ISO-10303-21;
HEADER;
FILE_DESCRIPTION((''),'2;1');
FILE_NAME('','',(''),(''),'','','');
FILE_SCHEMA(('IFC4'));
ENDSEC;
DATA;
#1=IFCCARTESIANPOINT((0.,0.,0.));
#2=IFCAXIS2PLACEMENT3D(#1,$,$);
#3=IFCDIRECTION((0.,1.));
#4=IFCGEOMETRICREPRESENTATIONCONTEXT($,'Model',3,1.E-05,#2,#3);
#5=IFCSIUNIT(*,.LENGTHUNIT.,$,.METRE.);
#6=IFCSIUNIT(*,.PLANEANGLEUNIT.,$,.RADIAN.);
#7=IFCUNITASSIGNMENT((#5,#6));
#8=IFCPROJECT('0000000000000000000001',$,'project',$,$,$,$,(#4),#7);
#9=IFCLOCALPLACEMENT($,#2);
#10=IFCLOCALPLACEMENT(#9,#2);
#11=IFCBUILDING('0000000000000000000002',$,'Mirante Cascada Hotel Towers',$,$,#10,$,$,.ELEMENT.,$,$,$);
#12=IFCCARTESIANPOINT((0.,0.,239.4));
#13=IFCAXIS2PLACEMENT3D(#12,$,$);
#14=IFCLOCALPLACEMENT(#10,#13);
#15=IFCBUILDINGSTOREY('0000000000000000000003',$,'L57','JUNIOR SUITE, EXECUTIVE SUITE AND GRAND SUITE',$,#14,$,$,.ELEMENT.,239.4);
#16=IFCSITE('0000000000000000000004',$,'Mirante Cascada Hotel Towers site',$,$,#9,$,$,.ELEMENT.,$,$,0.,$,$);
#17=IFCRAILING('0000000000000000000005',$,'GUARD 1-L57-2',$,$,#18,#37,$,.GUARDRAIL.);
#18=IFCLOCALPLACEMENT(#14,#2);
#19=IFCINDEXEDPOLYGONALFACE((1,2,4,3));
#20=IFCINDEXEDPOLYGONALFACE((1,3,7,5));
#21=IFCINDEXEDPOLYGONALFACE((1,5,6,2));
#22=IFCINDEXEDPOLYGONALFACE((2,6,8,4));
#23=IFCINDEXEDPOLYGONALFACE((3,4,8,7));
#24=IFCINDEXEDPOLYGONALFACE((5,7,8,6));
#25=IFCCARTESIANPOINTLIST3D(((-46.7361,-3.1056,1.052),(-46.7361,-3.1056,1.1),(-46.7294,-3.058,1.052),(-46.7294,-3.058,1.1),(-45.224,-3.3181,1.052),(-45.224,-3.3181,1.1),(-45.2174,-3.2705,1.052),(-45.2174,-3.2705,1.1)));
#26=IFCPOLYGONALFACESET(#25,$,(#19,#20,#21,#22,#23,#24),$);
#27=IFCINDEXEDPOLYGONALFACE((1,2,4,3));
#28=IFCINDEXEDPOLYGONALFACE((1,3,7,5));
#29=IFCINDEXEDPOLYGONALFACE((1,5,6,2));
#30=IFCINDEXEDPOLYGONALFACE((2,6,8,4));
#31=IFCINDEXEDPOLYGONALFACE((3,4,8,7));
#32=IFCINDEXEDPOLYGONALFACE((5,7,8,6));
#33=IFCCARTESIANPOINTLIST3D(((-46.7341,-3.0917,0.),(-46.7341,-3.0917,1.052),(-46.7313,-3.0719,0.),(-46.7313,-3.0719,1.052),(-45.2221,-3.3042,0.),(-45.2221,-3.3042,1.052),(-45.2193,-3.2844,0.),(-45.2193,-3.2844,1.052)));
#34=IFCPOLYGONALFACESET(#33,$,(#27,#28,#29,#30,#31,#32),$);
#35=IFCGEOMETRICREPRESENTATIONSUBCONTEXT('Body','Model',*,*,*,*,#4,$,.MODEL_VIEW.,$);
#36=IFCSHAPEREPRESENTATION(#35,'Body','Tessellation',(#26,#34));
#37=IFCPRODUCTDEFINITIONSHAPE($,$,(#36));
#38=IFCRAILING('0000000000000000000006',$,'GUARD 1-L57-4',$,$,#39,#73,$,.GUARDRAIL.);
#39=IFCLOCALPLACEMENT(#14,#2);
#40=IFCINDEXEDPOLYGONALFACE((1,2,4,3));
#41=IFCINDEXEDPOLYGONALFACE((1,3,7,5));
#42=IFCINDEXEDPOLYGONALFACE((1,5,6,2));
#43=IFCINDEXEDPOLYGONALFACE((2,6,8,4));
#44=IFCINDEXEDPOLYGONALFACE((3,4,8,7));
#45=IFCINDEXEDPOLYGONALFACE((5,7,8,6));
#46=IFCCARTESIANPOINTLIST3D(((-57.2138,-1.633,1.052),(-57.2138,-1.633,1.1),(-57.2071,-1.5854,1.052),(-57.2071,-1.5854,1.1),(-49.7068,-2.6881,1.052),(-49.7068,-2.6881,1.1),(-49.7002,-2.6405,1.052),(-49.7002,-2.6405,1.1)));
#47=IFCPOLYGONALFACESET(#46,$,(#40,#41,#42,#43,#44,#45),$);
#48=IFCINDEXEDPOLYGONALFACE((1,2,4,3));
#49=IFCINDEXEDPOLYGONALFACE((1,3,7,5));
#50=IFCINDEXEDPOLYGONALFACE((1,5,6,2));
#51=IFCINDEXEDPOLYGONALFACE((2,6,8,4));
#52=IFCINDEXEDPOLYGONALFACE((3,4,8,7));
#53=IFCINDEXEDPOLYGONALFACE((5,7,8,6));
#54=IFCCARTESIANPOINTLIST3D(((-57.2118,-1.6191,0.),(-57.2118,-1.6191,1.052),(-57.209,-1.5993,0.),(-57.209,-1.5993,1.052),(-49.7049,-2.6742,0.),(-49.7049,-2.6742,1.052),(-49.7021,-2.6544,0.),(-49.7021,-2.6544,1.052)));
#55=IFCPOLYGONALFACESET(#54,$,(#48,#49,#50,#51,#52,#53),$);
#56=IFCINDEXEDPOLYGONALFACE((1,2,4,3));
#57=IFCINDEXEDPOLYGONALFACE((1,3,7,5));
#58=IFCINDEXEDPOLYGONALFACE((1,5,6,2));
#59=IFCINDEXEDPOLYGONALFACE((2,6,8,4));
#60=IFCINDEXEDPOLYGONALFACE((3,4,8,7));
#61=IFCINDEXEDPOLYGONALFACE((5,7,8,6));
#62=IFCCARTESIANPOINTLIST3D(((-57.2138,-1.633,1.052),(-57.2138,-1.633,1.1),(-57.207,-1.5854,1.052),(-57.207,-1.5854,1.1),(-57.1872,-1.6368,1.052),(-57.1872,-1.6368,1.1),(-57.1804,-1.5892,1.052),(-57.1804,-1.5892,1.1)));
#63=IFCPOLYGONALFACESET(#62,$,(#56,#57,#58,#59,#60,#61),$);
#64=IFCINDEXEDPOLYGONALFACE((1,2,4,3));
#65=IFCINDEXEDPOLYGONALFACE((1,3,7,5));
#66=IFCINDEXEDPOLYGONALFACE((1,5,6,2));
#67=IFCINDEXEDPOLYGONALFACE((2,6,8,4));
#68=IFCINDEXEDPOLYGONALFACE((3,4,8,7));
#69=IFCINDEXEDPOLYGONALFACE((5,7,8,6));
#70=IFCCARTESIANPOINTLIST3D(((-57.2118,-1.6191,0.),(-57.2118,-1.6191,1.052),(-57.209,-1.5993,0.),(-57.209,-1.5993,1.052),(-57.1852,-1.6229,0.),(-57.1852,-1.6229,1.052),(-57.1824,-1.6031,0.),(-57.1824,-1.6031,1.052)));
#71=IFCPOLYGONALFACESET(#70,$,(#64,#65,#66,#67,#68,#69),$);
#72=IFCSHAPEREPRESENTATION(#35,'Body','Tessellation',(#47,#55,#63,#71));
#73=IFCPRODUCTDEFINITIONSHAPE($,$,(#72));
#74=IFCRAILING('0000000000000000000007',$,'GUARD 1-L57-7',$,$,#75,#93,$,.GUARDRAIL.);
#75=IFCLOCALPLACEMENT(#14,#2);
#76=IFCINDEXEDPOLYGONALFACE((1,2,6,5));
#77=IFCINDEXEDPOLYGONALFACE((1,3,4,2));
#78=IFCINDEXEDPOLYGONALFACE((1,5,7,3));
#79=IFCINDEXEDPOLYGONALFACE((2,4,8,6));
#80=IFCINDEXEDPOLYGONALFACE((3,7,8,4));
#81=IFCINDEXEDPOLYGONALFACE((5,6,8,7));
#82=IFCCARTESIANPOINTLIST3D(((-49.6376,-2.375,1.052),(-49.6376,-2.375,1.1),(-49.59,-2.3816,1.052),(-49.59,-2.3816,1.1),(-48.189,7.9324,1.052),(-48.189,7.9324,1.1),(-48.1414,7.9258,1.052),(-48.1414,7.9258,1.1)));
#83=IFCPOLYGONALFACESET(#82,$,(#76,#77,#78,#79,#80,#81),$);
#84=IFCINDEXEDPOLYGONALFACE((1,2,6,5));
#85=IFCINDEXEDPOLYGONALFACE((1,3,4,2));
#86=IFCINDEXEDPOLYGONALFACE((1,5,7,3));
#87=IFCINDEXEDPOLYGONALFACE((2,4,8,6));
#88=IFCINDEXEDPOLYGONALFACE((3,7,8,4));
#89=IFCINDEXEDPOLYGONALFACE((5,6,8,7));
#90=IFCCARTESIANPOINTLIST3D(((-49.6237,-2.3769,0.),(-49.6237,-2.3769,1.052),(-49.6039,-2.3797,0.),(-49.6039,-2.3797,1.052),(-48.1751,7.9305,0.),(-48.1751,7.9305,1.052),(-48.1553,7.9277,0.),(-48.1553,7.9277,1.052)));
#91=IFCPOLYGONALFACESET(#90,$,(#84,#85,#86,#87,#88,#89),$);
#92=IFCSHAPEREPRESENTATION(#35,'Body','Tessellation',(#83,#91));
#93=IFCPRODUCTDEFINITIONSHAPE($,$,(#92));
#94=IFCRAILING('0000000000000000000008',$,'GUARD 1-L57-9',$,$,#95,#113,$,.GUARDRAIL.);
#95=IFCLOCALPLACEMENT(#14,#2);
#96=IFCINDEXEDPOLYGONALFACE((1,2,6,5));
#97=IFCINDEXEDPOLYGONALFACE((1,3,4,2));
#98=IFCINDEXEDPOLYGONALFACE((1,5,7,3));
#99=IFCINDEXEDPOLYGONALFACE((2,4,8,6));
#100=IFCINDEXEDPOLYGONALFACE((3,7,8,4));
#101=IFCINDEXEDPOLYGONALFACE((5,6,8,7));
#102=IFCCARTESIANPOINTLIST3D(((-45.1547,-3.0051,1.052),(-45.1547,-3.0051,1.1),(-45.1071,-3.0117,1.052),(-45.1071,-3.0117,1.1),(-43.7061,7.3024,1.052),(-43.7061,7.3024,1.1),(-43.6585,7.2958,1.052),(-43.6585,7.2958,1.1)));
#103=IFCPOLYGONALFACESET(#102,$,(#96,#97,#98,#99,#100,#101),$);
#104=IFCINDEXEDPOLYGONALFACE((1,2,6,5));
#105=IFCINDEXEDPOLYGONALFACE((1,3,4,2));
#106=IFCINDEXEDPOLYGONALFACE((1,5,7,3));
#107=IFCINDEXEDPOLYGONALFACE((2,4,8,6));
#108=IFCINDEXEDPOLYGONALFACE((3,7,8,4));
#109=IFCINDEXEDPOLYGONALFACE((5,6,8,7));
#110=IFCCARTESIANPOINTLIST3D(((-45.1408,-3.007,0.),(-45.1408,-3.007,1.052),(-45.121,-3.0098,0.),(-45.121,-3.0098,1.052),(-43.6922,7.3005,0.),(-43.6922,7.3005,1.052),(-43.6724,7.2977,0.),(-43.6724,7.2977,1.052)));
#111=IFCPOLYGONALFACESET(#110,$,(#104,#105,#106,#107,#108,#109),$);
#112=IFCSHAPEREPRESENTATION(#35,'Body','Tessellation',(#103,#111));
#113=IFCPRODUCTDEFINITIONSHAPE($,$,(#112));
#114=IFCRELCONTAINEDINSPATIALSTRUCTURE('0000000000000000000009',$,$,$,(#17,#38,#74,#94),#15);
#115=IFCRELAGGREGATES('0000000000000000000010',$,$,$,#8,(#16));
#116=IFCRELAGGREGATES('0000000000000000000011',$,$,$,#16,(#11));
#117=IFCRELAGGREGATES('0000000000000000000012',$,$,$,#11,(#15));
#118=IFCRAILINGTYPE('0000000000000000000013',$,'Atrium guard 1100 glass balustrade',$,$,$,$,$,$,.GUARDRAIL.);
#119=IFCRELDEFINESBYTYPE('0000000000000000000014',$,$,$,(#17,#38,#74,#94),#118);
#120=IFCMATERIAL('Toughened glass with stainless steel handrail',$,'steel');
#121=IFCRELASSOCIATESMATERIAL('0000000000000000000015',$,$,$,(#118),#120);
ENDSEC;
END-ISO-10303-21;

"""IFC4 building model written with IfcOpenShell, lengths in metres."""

from ifc_helpers import new_model, si_unit, direction, frame, origin, origin_2d, place, context, subcontext, project, spatial, rectangle, extrude, material, type_object, element, save


model = new_model("IFC4")

# Units and contexts
model_context = context("Model", 3, precision=1e-05, world=origin(), true_north=direction((0.0, 1.0)))
body_context = subcontext(model_context, "Body", "Model", "MODEL_VIEW")
ifc_project = project(units=[si_unit("LENGTHUNIT", "METRE"), si_unit("PLANEANGLEUNIT", "RADIAN")], contexts=[model_context])

# Site, building, storey
site_placement = place(None, origin())
site = spatial("IfcSite", under=ifc_project, at=site_placement, Name="Mirante Cascada Hotel Towers site", CompositionType="ELEMENT", RefElevation=0.0)
building_placement = place(site_placement, origin())
building = spatial("IfcBuilding", under=site, at=building_placement, Name="Mirante Cascada Hotel Towers", CompositionType="ELEMENT")
storey_placement = place(building_placement, frame((0.0, 0.0, 239.4)))
storey = spatial("IfcBuildingStorey", under=building, at=storey_placement, Name="L57", Description="JUNIOR SUITE, EXECUTIVE SUITE AND GRAND SUITE", CompositionType="ELEMENT", Elevation=239.4)

# Railings
ifc_material_1 = material(Name="Toughened glass with stainless steel handrail", Category="steel")
railing_type_1 = type_object("IfcRailingType", Name="Atrium guard 1100 glass balustrade", PredefinedType="GUARDRAIL", material=ifc_material_1)
railing_1_placement = place(storey_placement, frame((-45.2207, -3.2943, 0.0)))
element("IfcRailing", 1, at=railing_1_placement, inside=storey, type_object=railing_type_1, Name="GUARD 1-L57-2", PredefinedType="GUARDRAIL", context=body_context, shape_type="SweptSolid", body=[
    extrude(rectangle(XDim=0.048, YDim=0.048, at=origin_2d()), frame((0.0, 0.0, 1.076), z_axis=(-0.990268, 0.139175, 0.0), x_axis=(-0.139175, -0.990268, 0.0)), (0.0, 0.0, 1.0), 1.5269),
    extrude(rectangle(XDim=0.02, YDim=1.052, at=origin_2d()), frame((0.0, 0.0, 0.526), z_axis=(-0.990268, 0.139175, 0.0), x_axis=(-0.139175, -0.990268, 0.0)), (0.0, 0.0, 1.0), 1.5269),
])
railing_2_placement = place(storey_placement, frame((-49.7035, -2.6643, 0.0)))
element("IfcRailing", 2, at=railing_2_placement, inside=storey, type_object=railing_type_1, Name="GUARD 1-L57-4", PredefinedType="GUARDRAIL", context=body_context, shape_type="SweptSolid", body=[
    extrude(rectangle(XDim=0.048, YDim=0.048, at=origin_2d()), frame((0.0, 0.0, 1.076), z_axis=(-0.990267, 0.139183, 0.0), x_axis=(-0.139183, -0.990267, 0.0)), (0.0, 0.0, 1.0), 7.5807),
    extrude(rectangle(XDim=0.02, YDim=1.052, at=origin_2d()), frame((0.0, 0.0, 0.526), z_axis=(-0.990267, 0.139183, 0.0), x_axis=(-0.139183, -0.990267, 0.0)), (0.0, 0.0, 1.0), 7.5807),
    extrude(rectangle(XDim=0.048, YDim=0.048, at=origin_2d()), frame((-7.5069, 1.0551, 1.076), z_axis=(0.98995, -0.141421, 0.0), x_axis=(0.141421, 0.98995, 0.0)), (0.0, 0.0, 1.0), 0.0269),
    extrude(rectangle(XDim=0.02, YDim=1.052, at=origin_2d()), frame((-7.5069, 1.0551, 0.526), z_axis=(0.98995, -0.141421, 0.0), x_axis=(0.141421, 0.98995, 0.0)), (0.0, 0.0, 1.0), 0.0269),
])
railing_3_placement = place(storey_placement, frame((-49.6138, -2.3783, 0.0)))
element("IfcRailing", 3, at=railing_3_placement, inside=storey, type_object=railing_type_1, Name="GUARD 1-L57-7", PredefinedType="GUARDRAIL", context=body_context, shape_type="SweptSolid", body=[
    extrude(rectangle(XDim=0.048, YDim=0.048, at=origin_2d()), frame((0.0, 0.0, 1.076), z_axis=(0.139172, 0.990268, 0.0), x_axis=(-0.990268, 0.139172, 0.0)), (0.0, 0.0, 1.0), 10.4087),
    extrude(rectangle(XDim=0.02, YDim=1.052, at=origin_2d()), frame((0.0, 0.0, 0.526), z_axis=(0.139172, 0.990268, 0.0), x_axis=(-0.990268, 0.139172, 0.0)), (0.0, 0.0, 1.0), 10.4087),
])
railing_4_placement = place(storey_placement, frame((-45.1309, -3.0084, 0.0)))
element("IfcRailing", 4, at=railing_4_placement, inside=storey, type_object=railing_type_1, Name="GUARD 1-L57-9", PredefinedType="GUARDRAIL", context=body_context, shape_type="SweptSolid", body=[
    extrude(rectangle(XDim=0.048, YDim=0.048, at=origin_2d()), frame((0.0, 0.0, 1.076), z_axis=(0.139171, 0.990268, 0.0), x_axis=(-0.990268, 0.139171, 0.0)), (0.0, 0.0, 1.0), 10.4088),
    extrude(rectangle(XDim=0.02, YDim=1.052, at=origin_2d()), frame((0.0, 0.0, 0.526), z_axis=(0.139171, 0.990268, 0.0), x_axis=(-0.990268, 0.139171, 0.0)), (0.0, 0.0, 1.0), 10.4088),
])

save(model, "model.ifc")
